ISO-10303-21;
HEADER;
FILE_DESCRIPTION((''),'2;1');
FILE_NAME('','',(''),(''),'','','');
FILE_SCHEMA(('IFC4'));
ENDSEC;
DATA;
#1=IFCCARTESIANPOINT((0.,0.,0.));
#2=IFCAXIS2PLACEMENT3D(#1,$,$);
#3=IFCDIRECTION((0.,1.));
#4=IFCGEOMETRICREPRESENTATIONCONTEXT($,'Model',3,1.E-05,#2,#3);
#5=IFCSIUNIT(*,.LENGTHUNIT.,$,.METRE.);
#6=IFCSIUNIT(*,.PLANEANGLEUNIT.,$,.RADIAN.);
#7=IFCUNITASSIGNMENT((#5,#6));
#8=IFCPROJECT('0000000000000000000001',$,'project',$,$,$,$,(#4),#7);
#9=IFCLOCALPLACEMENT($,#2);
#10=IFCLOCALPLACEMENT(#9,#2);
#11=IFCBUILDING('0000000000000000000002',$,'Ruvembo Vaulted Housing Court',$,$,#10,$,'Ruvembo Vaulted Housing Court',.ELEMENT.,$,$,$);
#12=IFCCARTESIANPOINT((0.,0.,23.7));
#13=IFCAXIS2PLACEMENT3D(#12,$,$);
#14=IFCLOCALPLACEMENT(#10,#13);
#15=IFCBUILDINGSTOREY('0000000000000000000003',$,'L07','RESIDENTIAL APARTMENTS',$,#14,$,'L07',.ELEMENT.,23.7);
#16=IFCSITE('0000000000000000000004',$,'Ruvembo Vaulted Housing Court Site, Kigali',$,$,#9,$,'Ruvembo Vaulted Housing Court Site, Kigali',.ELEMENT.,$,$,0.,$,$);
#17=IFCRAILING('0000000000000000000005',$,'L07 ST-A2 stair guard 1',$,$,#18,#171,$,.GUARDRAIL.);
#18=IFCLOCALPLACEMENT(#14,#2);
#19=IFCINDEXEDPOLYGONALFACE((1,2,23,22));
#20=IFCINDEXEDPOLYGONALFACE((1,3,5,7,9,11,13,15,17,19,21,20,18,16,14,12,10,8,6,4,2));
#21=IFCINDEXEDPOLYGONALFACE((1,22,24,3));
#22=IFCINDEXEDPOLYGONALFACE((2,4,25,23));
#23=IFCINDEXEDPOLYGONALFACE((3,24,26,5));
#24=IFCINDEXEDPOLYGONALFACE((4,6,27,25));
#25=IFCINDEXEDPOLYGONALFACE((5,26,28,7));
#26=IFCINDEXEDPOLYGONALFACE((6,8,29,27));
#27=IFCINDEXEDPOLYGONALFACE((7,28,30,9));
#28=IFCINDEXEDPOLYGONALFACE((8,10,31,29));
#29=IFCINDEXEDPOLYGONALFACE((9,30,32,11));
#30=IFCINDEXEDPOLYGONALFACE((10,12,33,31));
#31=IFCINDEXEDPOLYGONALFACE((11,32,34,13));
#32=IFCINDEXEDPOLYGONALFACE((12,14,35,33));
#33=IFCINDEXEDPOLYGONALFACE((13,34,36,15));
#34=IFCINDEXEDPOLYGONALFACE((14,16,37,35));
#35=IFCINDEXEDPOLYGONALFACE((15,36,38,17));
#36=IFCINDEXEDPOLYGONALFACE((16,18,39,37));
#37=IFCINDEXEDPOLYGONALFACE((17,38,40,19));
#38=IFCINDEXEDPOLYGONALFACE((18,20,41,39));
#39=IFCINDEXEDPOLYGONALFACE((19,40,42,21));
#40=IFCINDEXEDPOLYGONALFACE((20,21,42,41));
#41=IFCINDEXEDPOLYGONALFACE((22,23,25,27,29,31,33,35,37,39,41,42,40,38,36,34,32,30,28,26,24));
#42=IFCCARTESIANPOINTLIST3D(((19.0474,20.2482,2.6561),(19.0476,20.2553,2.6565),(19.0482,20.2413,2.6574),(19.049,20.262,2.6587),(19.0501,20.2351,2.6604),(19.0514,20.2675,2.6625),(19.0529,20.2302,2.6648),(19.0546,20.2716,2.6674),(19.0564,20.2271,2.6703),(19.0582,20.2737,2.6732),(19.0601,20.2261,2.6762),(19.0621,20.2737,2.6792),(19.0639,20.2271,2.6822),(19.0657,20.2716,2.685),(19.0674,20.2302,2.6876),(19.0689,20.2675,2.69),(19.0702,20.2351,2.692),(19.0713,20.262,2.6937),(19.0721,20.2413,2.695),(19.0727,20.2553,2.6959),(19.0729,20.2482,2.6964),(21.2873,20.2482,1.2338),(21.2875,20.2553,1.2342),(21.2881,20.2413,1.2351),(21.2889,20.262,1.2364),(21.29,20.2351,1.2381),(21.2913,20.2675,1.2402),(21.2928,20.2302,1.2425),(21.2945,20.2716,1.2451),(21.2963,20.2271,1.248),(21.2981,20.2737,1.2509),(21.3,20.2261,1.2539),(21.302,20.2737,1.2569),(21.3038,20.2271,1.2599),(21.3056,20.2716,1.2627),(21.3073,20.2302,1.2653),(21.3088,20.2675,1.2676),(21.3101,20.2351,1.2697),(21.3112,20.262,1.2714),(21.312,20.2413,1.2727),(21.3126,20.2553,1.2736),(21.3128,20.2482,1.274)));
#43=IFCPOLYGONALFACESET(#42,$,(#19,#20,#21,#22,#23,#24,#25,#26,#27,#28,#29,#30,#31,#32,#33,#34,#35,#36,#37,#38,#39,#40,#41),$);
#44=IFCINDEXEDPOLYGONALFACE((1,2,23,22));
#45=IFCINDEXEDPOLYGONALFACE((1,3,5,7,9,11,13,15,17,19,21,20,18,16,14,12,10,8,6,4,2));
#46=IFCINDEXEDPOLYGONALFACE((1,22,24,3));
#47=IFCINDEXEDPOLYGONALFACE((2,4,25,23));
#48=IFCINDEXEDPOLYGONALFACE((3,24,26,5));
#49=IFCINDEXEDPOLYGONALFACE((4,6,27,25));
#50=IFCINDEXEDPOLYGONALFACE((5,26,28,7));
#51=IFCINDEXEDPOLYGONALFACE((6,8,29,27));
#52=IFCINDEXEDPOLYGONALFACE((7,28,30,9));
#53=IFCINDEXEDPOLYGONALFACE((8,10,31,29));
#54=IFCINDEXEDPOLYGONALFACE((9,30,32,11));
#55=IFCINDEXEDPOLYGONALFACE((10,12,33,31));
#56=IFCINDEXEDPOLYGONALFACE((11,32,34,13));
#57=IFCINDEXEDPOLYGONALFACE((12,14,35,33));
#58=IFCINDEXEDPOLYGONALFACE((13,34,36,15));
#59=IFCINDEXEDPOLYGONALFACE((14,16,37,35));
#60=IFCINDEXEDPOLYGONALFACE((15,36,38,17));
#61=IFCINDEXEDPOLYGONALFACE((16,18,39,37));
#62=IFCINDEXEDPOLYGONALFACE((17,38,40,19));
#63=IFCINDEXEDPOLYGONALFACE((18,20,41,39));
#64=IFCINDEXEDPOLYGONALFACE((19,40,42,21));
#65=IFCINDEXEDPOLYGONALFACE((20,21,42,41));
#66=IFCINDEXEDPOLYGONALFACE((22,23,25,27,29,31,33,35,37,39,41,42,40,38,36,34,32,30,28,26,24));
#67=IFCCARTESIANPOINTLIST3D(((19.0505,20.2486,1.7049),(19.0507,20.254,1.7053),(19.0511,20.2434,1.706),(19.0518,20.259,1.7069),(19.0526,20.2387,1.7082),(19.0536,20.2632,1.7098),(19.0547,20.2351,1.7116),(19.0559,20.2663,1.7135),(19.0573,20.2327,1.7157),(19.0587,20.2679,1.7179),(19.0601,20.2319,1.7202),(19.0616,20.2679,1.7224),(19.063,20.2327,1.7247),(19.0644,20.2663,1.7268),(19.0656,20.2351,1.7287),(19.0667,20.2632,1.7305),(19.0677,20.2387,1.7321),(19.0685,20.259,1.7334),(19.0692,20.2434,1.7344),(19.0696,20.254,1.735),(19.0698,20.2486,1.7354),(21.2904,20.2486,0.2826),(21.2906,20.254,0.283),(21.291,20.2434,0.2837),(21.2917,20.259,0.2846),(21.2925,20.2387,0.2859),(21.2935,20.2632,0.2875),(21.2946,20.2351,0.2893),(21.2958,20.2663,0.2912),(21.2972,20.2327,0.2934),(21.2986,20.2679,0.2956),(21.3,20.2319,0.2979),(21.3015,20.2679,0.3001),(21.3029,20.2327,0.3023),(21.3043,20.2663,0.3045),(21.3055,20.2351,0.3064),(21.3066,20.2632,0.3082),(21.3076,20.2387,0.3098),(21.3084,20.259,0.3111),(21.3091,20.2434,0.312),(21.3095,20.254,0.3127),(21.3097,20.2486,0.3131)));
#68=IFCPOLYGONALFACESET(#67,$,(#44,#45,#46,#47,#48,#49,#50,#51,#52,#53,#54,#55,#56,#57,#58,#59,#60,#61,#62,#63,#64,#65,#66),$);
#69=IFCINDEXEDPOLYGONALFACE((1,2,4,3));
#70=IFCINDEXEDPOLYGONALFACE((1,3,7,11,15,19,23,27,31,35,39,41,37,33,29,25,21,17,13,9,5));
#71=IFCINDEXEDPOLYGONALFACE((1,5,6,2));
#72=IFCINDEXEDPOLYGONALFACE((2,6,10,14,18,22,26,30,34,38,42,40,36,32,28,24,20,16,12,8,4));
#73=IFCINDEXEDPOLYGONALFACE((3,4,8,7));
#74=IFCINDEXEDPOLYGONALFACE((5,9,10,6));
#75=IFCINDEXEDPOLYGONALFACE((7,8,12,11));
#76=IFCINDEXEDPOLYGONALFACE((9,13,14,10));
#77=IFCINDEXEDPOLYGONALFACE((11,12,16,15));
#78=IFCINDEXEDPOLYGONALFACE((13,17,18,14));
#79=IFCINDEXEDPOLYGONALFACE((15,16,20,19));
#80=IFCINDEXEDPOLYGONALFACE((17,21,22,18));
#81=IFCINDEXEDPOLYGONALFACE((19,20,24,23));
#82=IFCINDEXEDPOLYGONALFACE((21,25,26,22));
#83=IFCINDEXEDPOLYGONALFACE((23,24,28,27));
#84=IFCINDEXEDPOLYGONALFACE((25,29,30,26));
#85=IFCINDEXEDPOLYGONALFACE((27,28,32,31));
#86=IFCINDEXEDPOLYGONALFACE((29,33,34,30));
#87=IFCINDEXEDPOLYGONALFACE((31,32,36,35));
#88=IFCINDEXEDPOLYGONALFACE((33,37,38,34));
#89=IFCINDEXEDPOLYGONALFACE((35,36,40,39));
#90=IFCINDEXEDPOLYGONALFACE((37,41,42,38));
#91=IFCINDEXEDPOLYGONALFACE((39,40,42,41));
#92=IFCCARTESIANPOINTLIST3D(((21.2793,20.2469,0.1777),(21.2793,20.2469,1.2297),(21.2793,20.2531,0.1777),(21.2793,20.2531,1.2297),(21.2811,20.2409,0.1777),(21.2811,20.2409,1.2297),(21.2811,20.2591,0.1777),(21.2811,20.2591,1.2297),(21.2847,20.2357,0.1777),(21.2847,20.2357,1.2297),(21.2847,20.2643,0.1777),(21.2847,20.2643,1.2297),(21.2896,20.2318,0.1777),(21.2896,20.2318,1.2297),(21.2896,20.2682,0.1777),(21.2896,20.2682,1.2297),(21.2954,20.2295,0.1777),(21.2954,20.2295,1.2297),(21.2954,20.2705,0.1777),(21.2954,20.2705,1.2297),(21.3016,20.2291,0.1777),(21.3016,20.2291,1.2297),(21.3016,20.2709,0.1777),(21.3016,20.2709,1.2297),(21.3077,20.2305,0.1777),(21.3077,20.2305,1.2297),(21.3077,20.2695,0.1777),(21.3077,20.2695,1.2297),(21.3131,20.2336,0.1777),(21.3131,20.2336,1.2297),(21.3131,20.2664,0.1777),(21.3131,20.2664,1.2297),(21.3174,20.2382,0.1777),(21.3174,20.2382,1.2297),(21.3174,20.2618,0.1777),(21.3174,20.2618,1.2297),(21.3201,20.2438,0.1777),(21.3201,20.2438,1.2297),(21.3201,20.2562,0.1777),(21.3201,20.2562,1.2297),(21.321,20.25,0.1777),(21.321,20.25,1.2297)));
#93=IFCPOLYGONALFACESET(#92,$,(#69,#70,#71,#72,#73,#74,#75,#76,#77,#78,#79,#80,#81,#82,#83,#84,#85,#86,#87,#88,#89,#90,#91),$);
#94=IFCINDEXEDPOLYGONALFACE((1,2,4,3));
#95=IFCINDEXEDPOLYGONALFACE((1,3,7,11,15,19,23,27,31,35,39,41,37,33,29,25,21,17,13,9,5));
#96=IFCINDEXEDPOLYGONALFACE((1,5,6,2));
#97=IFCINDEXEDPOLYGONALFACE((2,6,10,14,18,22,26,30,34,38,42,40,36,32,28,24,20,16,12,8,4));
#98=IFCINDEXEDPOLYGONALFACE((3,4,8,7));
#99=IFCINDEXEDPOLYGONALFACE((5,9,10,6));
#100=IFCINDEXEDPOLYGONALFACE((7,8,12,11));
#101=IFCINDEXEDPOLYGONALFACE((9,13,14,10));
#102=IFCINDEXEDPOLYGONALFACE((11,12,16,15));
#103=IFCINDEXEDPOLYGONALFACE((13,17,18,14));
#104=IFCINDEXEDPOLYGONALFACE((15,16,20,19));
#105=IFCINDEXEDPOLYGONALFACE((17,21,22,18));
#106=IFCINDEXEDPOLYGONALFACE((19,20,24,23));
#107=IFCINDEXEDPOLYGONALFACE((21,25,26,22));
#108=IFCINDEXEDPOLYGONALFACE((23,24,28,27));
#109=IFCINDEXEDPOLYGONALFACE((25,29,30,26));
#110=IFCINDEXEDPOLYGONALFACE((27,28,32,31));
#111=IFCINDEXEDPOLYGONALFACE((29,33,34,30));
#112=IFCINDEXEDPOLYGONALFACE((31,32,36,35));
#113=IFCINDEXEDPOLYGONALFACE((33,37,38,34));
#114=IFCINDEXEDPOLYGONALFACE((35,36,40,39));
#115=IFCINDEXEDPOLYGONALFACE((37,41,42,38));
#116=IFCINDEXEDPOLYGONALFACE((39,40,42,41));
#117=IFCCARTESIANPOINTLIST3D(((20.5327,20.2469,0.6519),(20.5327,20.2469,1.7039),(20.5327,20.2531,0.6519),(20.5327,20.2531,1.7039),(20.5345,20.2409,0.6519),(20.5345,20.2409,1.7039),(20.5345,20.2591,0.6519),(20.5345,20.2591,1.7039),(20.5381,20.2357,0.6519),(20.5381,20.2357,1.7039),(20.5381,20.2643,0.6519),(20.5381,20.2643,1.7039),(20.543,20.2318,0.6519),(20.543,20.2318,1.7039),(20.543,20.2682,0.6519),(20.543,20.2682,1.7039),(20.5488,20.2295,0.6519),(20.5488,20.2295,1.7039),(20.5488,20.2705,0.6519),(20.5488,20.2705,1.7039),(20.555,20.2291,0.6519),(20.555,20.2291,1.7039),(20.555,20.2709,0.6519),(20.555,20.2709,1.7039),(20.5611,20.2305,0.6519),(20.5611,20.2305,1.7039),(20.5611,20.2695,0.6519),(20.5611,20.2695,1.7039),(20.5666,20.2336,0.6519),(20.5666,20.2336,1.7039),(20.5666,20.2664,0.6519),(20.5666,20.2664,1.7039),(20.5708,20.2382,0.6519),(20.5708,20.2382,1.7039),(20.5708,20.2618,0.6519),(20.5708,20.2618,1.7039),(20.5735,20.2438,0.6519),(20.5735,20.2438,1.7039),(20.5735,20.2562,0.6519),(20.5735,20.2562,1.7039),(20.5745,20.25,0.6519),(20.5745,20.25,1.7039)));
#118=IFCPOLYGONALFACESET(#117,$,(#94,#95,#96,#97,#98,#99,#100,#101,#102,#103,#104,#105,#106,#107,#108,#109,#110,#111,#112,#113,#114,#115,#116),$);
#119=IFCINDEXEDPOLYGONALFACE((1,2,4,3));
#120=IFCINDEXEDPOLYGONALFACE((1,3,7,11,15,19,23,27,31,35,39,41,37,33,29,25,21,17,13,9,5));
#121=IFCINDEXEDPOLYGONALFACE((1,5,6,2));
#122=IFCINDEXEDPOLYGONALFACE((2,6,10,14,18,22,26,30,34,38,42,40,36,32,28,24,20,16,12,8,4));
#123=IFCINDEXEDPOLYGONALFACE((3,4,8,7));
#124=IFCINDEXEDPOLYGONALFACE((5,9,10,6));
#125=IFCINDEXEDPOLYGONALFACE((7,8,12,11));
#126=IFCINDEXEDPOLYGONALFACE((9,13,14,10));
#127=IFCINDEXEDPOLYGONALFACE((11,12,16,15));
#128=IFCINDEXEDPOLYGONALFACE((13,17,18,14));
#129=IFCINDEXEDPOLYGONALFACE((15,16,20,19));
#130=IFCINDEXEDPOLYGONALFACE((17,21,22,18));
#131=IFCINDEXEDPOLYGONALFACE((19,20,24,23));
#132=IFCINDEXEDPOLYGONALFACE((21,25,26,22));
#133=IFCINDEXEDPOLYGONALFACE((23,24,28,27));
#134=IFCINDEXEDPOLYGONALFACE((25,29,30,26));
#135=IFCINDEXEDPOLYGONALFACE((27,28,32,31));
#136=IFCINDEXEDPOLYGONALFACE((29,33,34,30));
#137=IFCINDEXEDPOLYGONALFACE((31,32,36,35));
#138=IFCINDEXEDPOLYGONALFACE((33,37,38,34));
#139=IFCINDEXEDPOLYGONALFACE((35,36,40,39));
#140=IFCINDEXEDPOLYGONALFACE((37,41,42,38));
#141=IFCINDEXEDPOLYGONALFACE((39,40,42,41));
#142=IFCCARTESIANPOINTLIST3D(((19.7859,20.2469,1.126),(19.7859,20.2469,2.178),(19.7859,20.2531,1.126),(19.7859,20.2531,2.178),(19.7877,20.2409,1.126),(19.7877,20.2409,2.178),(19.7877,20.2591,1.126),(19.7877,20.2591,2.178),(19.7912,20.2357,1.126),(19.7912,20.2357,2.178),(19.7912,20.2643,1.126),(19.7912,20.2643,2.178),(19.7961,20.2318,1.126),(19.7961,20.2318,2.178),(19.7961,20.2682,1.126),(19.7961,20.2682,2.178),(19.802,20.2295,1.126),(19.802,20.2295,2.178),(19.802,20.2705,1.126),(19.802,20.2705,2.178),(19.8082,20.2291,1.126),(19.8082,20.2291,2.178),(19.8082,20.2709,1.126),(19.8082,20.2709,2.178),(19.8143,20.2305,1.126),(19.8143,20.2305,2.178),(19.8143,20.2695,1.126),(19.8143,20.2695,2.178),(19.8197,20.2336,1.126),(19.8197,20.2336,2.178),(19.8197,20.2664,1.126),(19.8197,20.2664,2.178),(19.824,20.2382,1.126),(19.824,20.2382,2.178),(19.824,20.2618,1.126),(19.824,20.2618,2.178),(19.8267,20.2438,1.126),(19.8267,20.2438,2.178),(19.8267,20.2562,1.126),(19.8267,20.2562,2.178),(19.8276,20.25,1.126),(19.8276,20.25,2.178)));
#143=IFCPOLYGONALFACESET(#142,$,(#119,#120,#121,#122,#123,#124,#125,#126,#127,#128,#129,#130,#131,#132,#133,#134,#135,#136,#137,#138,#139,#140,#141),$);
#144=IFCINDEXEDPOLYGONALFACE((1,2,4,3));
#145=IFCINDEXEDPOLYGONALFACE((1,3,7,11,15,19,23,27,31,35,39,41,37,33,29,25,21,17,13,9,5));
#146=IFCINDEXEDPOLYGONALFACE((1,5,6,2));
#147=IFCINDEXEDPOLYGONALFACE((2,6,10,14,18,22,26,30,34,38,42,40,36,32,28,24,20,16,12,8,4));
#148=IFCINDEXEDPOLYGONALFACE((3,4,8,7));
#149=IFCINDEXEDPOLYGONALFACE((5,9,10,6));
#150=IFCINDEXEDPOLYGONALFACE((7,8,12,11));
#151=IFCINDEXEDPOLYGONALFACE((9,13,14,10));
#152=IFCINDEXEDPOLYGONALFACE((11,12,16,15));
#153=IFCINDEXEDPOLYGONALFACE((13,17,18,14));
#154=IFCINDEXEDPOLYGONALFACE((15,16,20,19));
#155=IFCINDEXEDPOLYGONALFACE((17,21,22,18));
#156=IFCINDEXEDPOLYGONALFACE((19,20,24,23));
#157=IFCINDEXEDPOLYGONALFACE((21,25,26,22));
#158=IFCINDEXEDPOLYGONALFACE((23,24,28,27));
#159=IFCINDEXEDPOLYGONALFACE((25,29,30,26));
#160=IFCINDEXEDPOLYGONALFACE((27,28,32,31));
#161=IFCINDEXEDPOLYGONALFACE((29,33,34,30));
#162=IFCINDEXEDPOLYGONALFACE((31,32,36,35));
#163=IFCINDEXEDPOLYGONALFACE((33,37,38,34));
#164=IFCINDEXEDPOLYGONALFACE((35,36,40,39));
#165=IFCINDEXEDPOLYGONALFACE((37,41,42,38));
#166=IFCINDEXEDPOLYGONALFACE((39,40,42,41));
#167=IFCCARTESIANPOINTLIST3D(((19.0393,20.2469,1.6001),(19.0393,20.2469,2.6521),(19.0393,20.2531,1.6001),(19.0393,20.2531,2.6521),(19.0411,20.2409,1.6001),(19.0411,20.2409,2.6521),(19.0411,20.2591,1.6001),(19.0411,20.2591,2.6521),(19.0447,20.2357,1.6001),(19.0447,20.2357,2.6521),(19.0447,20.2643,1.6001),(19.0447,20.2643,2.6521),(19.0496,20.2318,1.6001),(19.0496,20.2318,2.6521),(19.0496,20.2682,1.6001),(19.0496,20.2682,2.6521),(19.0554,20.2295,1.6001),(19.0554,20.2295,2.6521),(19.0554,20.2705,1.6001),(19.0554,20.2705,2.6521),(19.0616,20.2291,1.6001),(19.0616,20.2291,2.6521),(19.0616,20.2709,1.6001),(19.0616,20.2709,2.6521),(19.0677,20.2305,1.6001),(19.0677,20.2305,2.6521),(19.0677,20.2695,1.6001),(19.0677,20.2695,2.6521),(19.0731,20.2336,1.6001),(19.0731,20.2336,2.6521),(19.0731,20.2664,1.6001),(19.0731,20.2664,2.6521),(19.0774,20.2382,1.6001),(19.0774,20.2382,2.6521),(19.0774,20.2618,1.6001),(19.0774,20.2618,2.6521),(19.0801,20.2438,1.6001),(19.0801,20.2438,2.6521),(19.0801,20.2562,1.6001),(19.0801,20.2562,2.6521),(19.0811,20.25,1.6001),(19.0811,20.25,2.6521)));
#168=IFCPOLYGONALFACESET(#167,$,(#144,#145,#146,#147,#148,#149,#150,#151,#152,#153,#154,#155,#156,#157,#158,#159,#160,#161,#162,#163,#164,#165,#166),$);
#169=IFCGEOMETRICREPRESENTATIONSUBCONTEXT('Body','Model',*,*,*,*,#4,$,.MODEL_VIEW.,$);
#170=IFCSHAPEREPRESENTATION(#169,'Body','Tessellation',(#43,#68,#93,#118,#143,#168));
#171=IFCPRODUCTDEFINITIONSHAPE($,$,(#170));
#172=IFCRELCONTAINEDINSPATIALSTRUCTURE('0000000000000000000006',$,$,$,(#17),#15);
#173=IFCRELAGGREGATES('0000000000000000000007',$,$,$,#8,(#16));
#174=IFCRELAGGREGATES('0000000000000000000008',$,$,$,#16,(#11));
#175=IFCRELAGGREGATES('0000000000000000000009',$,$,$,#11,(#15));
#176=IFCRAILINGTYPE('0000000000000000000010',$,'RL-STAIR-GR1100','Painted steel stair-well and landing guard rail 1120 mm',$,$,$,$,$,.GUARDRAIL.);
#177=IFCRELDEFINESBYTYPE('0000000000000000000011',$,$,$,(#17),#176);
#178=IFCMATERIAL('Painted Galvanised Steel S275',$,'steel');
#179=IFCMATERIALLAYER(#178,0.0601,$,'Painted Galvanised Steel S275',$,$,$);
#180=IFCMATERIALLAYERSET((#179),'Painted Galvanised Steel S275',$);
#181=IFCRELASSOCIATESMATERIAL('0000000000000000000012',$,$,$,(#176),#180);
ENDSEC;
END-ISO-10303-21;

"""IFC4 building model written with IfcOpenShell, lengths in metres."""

from ifc_helpers import new_model, si_unit, direction, frame, origin, origin_2d, place, context, subcontext, project, spatial, circle, extrude, material, layer, layer_set, type_object, element, save


model = new_model("IFC4")

# Units and contexts
model_context = context("Model", 3, precision=1e-05, world=origin(), true_north=direction((0.0, 1.0)))
body_context = subcontext(model_context, "Body", "Model", "MODEL_VIEW")
ifc_project = project(units=[si_unit("LENGTHUNIT", "METRE"), si_unit("PLANEANGLEUNIT", "RADIAN")], contexts=[model_context])

# Site, building, storey
site_placement = place(None, origin())
site = spatial("IfcSite", under=ifc_project, at=site_placement, Name="Ruvembo Vaulted Housing Court Site, Kigali", LongName="Ruvembo Vaulted Housing Court Site, Kigali", CompositionType="ELEMENT", RefElevation=0.0)
building_placement = place(site_placement, origin())
building = spatial("IfcBuilding", under=site, at=building_placement, Name="Ruvembo Vaulted Housing Court", LongName="Ruvembo Vaulted Housing Court", CompositionType="ELEMENT")
storey_placement = place(building_placement, frame((0.0, 0.0, 23.7)))
storey = spatial("IfcBuildingStorey", under=building, at=storey_placement, Name="L07", Description="RESIDENTIAL APARTMENTS", LongName="L07", CompositionType="ELEMENT", Elevation=23.7)

# Railing
ifc_material_1 = material(Name="Painted Galvanised Steel S275", Category="steel")
ifc_layer_1 = layer(ifc_material_1, 0.0601, Name="Painted Galvanised Steel S275")
ifc_layer_set_1 = layer_set([ifc_layer_1], Name="Painted Galvanised Steel S275")
railing_type_1 = type_object("IfcRailingType", Name="RL-STAIR-GR1100", Description="Painted steel stair-well and landing guard rail 1120 mm", PredefinedType="GUARDRAIL", material=ifc_layer_set_1)
railing_1_placement = place(storey_placement, frame((21.3, 20.25, 0.1777)))
element("IfcRailing", 1, at=railing_1_placement, inside=storey, type_object=railing_type_1, Name="L07 ST-A2 stair guard 1", PredefinedType="GUARDRAIL", context=body_context, shape_type="SweptSolid", body=[
    extrude(circle(Radius=0.0239, at=origin_2d()), frame((0.0, 0.0, 1.0762), z_axis=(-0.844188, 0.0, 0.536048), x_axis=(0.0, -1.0, 0.0)), (0.0, 0.0, 1.0), 2.6533),
    extrude(circle(Radius=0.0181, at=origin_2d()), frame((0.0, 0.0, 0.1201), z_axis=(-0.844188, 0.0, 0.536048), x_axis=(0.0, -1.0, 0.0)), (0.0, 0.0, 1.0), 2.6533),
    extrude(circle(Radius=0.021, at=origin_2d()), origin(), (0.0, 0.0, 1.0), 1.052),
    extrude(circle(Radius=0.021, at=origin_2d()), frame((-0.7466, 0.0, 0.4741)), (0.0, 0.0, 1.0), 1.052),
    extrude(circle(Radius=0.021, at=origin_2d()), frame((-1.4934, 0.0, 0.9482)), (0.0, 0.0, 1.0), 1.052),
    extrude(circle(Radius=0.021, at=origin_2d()), frame((-2.24, 0.0, 1.4224)), (0.0, 0.0, 1.0), 1.052),
])

save(model, "model.ifc")
